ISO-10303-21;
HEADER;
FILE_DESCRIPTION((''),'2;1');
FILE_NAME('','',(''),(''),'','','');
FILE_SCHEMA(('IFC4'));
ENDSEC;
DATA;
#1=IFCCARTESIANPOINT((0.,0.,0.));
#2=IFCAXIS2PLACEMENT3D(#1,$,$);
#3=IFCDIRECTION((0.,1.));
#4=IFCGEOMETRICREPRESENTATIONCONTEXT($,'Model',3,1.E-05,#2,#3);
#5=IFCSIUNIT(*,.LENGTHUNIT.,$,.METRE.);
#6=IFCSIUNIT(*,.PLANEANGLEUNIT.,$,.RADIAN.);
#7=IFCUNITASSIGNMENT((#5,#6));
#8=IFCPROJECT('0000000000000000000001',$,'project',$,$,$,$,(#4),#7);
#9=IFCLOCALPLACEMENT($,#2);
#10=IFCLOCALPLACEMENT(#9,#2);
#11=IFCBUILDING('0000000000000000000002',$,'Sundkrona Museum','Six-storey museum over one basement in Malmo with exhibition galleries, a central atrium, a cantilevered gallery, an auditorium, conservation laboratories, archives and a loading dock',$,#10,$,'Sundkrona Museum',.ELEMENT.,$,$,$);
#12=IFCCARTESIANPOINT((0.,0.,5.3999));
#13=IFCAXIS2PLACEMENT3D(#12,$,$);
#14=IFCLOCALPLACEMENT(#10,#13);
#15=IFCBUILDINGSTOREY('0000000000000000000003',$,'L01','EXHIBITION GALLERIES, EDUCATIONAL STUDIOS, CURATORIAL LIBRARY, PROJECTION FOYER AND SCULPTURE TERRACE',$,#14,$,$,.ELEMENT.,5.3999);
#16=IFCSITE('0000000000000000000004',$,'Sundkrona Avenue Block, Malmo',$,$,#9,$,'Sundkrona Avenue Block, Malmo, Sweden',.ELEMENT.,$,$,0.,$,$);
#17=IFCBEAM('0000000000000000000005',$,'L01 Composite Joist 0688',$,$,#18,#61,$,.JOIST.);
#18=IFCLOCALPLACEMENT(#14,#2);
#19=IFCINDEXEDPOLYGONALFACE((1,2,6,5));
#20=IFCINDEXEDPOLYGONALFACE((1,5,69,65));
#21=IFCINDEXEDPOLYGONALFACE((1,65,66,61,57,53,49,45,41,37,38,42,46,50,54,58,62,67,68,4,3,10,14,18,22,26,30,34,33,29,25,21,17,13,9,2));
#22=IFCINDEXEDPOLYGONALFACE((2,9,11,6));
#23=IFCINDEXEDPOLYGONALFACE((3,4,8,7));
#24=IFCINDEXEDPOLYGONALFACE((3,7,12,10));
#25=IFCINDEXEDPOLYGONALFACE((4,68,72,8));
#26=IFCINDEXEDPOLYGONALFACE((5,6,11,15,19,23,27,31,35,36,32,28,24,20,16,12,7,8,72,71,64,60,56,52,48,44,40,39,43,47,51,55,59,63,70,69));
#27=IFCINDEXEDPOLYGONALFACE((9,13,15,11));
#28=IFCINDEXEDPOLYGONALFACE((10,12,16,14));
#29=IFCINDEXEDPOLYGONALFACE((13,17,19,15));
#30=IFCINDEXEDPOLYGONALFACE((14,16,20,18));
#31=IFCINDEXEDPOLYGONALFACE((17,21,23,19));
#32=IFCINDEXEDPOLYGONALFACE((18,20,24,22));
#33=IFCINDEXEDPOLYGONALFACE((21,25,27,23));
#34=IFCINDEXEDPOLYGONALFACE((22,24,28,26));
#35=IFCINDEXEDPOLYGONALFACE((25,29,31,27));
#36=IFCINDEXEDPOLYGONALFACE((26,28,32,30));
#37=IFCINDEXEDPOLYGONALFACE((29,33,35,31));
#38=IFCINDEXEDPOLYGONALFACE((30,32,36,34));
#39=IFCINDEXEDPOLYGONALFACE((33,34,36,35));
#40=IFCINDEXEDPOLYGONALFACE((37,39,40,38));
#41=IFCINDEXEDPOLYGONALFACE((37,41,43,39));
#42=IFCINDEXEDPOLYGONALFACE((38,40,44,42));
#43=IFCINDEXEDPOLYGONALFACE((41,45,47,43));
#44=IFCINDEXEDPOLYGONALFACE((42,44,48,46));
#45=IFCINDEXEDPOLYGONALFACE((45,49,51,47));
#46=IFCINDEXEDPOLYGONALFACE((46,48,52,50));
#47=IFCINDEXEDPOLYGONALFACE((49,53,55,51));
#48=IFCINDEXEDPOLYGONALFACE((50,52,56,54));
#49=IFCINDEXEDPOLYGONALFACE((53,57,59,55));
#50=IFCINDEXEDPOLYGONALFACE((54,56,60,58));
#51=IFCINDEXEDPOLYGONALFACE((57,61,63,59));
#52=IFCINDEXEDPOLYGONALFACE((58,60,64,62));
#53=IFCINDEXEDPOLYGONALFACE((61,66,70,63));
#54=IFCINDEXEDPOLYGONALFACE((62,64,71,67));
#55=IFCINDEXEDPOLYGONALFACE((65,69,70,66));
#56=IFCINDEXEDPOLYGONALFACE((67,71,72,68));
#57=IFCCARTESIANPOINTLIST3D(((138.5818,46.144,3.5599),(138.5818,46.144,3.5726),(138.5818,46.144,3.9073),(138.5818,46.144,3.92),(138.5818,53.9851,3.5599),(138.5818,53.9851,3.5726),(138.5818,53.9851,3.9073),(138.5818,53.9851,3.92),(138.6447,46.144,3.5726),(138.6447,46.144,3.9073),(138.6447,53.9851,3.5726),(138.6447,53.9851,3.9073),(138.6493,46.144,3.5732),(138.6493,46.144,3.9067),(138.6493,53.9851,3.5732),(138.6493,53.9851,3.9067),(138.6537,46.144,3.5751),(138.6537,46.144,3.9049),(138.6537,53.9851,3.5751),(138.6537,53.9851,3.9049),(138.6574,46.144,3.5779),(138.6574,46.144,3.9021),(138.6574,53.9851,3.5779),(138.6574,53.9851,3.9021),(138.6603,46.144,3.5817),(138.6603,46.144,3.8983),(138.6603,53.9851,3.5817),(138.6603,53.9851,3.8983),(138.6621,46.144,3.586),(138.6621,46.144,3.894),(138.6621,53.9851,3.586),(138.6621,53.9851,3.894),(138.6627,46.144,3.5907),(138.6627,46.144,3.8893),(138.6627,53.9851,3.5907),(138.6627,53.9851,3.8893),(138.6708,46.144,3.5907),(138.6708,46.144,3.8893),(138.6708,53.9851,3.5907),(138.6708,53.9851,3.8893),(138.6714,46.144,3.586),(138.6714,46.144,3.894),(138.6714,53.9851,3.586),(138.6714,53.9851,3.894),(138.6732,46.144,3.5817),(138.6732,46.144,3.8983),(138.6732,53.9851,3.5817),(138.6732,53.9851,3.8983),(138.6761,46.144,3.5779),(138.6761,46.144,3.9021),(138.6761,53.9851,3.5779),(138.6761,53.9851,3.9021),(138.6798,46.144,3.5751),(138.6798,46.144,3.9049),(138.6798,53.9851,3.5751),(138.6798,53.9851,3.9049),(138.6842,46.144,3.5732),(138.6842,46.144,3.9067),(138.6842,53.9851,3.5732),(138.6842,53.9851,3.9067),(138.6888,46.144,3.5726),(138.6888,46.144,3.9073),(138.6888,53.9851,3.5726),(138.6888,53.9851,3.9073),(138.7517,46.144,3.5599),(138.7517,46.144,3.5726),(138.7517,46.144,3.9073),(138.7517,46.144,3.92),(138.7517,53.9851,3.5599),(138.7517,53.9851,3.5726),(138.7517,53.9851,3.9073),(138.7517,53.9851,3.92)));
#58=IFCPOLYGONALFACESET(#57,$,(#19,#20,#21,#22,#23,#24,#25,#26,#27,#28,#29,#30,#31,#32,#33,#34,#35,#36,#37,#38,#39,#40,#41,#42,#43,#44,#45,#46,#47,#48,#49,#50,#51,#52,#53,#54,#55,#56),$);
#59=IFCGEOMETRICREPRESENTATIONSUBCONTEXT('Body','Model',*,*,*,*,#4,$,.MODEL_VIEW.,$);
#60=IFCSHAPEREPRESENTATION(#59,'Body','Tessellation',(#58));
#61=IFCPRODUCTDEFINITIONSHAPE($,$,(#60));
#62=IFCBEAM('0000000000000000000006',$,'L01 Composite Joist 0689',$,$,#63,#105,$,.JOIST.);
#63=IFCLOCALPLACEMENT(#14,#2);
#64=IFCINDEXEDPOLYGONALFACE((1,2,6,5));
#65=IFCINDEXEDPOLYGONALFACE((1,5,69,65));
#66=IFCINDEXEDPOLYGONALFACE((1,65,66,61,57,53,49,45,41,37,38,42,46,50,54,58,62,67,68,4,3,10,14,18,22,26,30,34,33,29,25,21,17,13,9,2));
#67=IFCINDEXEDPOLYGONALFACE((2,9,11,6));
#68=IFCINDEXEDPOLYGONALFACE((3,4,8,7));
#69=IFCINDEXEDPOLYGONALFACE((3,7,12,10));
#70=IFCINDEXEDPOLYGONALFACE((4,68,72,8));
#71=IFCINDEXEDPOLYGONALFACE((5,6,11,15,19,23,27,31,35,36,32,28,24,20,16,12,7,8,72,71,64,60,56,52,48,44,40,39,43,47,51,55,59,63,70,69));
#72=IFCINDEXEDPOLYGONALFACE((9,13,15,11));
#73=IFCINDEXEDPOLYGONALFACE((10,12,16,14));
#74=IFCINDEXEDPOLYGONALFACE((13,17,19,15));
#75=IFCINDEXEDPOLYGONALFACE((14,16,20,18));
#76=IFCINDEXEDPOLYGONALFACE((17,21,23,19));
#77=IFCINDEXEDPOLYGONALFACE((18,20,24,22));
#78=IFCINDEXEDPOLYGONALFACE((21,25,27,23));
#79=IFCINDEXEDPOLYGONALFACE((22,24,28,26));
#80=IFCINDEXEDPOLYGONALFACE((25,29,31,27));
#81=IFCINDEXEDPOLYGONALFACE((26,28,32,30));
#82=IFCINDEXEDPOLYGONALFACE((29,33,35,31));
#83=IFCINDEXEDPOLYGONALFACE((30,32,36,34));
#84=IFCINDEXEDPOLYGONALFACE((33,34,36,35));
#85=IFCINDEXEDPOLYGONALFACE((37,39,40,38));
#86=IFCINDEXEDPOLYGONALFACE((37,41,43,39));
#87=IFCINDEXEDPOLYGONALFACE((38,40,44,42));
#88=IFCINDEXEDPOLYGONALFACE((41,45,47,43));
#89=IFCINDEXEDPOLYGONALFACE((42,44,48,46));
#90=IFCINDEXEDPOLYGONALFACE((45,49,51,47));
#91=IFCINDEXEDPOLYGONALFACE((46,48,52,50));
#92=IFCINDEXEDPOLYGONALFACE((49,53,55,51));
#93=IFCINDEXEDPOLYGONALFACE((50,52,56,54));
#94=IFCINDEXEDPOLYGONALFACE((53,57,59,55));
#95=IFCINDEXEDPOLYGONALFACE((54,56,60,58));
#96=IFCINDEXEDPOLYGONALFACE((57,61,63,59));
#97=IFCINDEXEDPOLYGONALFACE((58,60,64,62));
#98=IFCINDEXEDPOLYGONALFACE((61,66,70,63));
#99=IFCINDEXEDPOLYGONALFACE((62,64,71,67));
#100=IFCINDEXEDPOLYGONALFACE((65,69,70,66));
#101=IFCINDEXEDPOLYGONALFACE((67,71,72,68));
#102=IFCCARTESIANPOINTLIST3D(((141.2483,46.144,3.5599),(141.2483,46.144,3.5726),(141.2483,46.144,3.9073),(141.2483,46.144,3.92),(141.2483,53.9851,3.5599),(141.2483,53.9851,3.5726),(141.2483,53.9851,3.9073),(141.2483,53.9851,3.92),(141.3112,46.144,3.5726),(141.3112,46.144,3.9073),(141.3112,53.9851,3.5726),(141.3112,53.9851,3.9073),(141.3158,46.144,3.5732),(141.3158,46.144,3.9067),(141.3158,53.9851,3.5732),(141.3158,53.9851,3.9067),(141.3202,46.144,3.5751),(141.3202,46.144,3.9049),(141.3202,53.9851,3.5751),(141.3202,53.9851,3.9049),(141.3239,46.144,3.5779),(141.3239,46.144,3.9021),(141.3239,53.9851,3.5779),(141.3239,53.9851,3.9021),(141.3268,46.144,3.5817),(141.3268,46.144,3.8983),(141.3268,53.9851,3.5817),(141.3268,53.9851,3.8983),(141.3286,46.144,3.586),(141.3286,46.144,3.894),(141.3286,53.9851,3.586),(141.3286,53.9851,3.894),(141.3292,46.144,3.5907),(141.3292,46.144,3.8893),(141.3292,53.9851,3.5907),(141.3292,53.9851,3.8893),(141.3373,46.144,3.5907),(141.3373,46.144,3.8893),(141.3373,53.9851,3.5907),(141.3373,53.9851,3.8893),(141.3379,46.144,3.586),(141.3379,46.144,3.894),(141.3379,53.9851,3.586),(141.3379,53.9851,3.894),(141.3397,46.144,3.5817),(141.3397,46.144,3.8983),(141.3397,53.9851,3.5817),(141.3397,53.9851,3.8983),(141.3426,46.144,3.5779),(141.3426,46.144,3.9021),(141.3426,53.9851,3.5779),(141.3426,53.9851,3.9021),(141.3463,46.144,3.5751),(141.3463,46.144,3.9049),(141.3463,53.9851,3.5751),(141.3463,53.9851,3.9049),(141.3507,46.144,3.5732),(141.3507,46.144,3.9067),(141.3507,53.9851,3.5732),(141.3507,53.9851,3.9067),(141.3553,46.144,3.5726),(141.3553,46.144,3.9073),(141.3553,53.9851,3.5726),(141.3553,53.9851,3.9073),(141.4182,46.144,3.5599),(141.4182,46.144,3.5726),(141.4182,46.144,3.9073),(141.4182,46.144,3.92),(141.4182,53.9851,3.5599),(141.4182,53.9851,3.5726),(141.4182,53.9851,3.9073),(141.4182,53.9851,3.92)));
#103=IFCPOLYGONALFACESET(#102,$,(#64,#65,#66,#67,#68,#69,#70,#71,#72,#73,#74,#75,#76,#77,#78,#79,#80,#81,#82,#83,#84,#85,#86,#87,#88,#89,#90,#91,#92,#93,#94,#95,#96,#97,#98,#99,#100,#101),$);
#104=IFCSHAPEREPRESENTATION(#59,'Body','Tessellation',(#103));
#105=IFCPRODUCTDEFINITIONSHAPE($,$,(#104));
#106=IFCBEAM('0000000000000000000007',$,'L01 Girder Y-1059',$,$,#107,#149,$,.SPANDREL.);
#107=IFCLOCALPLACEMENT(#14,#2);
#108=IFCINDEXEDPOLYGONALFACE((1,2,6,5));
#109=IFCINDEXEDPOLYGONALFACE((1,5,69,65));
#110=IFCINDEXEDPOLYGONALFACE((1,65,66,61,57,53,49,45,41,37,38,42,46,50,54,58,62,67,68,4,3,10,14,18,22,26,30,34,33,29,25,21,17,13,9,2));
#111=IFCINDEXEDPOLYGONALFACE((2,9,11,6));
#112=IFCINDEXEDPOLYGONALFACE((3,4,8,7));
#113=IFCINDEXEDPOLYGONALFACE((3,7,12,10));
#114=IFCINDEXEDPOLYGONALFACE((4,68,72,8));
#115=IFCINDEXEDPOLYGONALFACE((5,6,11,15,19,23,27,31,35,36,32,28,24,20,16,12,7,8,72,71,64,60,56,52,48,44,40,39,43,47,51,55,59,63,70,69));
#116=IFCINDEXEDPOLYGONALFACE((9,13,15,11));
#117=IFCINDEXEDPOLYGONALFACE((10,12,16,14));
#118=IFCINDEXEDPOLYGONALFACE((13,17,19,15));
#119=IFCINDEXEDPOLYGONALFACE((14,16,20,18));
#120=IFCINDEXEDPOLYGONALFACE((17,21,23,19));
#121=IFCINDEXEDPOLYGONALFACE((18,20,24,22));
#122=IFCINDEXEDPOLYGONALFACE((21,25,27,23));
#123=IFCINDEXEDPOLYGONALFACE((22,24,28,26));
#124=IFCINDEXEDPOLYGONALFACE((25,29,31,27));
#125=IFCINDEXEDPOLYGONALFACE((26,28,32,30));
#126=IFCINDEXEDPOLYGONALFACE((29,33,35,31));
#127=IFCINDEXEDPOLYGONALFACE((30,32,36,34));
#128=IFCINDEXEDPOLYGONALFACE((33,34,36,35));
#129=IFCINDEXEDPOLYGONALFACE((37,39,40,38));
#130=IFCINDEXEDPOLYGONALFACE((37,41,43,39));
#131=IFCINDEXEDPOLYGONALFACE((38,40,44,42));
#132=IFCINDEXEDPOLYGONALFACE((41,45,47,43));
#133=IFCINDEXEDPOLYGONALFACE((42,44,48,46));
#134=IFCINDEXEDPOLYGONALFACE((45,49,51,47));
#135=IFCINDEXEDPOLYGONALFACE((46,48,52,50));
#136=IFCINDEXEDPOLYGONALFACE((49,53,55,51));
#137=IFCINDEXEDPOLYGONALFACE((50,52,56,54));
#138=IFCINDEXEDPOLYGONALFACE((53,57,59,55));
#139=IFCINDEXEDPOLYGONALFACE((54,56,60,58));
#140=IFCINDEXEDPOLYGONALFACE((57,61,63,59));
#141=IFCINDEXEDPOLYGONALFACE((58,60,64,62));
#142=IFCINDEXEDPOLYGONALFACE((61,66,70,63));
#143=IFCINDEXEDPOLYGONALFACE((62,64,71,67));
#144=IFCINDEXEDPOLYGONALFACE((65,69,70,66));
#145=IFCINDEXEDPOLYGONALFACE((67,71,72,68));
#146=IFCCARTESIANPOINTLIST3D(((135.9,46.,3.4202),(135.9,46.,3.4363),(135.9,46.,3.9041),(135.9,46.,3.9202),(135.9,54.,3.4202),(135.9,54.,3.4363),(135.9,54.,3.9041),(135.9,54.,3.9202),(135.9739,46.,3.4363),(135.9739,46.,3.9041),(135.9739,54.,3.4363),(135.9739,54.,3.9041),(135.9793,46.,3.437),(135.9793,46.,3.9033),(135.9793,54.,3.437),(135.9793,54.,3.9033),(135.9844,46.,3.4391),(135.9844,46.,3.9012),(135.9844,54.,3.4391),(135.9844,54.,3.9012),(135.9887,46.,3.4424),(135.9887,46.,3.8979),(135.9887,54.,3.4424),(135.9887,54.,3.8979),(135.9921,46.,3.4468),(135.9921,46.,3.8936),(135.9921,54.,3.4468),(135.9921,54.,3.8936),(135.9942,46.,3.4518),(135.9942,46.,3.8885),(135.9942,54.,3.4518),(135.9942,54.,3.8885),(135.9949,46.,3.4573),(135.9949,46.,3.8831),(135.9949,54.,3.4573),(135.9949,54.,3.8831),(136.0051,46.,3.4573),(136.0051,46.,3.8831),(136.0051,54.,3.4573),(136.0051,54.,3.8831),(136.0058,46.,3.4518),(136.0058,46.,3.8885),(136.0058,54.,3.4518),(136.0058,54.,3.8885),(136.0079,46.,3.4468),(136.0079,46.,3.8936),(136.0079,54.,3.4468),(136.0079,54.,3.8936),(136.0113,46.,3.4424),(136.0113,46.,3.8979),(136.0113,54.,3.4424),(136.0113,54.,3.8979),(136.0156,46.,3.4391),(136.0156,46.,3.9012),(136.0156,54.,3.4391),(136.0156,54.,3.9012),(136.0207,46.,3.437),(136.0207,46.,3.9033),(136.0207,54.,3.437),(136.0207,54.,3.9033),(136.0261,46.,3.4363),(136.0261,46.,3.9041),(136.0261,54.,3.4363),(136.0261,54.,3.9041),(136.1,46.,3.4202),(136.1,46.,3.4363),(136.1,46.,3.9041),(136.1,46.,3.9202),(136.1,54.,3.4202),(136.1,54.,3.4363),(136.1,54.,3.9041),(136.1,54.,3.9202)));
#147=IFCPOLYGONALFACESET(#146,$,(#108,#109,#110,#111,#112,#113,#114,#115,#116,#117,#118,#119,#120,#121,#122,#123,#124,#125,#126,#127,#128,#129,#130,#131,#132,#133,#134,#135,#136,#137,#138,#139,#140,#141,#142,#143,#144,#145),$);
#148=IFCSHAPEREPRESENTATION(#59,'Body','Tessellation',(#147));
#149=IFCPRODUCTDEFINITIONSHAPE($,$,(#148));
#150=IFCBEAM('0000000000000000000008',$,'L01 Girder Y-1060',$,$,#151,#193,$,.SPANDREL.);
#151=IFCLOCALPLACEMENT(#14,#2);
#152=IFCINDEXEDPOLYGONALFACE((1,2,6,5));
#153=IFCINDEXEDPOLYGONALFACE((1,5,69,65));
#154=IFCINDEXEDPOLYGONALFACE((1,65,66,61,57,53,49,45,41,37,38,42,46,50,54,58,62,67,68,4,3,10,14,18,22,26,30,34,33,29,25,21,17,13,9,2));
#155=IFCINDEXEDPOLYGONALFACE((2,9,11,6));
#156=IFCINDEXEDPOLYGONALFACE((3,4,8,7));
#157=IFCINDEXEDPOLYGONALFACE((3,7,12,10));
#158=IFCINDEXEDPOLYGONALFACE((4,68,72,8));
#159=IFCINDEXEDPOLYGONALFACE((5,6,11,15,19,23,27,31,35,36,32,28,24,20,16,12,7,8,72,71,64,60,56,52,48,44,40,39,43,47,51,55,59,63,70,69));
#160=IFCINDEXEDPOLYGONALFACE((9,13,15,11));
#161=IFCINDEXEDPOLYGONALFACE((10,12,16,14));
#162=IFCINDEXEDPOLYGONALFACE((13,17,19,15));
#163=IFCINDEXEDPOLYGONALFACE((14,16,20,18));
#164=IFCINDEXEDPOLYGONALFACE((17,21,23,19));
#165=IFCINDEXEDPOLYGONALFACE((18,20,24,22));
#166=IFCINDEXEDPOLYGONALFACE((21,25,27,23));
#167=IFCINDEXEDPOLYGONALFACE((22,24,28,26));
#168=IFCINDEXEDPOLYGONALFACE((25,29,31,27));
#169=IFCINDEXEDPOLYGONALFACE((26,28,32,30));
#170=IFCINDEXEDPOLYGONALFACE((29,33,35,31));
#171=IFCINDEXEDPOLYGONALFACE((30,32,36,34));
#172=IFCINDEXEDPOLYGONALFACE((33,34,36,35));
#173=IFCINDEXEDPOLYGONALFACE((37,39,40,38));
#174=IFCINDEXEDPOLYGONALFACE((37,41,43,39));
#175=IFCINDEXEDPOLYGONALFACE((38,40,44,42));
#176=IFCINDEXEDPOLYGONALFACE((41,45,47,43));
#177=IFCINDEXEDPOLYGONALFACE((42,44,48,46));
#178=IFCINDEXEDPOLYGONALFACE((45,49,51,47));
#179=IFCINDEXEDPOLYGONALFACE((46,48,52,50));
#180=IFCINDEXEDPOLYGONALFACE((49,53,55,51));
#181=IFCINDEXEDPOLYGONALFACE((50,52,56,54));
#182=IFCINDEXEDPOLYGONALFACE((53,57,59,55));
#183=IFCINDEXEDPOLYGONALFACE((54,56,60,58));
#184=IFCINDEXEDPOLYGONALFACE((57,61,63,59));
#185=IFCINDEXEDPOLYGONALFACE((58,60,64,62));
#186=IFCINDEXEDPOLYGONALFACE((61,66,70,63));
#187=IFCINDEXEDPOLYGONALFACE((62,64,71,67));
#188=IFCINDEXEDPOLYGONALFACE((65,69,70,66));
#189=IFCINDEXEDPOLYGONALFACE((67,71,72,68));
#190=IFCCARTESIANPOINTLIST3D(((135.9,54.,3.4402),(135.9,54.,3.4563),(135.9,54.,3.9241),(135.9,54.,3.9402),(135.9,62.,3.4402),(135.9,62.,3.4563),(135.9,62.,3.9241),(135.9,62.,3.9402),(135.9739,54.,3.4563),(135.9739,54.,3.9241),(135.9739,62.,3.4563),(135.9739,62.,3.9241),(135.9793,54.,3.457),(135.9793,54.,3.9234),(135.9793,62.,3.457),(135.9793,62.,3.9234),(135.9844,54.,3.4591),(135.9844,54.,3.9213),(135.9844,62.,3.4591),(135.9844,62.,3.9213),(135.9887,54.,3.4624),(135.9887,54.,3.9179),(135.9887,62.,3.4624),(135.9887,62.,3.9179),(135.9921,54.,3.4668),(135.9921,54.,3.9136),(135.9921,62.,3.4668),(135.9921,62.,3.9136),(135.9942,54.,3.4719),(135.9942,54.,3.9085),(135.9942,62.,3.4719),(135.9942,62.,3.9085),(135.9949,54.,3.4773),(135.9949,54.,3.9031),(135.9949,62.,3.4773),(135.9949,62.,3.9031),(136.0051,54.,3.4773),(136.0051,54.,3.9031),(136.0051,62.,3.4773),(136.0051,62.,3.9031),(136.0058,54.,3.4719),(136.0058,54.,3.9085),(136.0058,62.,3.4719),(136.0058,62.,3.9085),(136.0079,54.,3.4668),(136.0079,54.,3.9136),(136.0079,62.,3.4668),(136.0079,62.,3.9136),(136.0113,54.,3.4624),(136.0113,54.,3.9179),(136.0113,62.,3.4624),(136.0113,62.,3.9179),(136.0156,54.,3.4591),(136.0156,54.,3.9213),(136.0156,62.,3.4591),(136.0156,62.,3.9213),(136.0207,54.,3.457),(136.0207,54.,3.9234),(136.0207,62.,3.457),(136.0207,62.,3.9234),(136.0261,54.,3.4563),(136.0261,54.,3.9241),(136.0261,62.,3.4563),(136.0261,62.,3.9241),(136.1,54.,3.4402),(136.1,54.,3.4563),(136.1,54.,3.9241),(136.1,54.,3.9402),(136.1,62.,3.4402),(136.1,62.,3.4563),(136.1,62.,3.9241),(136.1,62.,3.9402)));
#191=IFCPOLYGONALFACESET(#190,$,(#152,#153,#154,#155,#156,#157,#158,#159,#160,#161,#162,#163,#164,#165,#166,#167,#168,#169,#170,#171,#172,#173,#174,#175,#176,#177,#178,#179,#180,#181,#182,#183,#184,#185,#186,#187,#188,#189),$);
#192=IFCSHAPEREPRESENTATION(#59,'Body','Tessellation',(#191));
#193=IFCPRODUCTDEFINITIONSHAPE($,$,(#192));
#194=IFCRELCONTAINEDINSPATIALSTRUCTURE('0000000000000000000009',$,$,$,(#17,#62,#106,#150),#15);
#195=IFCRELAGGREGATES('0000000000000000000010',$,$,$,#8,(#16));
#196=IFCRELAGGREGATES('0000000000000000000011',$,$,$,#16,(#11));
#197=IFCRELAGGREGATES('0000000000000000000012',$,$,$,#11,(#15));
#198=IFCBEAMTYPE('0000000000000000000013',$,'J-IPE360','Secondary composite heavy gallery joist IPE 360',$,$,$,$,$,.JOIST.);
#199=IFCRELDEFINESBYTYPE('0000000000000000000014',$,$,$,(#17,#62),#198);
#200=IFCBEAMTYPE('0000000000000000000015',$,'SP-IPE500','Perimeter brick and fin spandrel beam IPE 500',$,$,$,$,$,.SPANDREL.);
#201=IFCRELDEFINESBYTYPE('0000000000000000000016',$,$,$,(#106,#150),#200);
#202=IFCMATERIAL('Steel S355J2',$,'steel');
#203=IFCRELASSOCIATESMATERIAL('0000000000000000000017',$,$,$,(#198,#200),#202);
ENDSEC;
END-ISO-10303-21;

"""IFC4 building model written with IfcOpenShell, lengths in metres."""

from ifc_helpers import new_model, si_unit, direction, frame, origin, origin_2d, place, context, subcontext, project, spatial, i_section, extrude, material, material_profile, profile_set, type_object, element, save


model = new_model("IFC4")

# Units and contexts
model_context = context("Model", 3, precision=1e-05, world=origin(), true_north=direction((0.0, 1.0)))
body_context = subcontext(model_context, "Body", "Model", "MODEL_VIEW")
ifc_project = project(units=[si_unit("LENGTHUNIT", "METRE"), si_unit("PLANEANGLEUNIT", "RADIAN")], contexts=[model_context])

# Site, building, storey
site_placement = place(None, origin())
site = spatial("IfcSite", under=ifc_project, at=site_placement, Name="Sundkrona Avenue Block, Malmo", LongName="Sundkrona Avenue Block, Malmo, Sweden", CompositionType="ELEMENT", RefElevation=0.0)
building_placement = place(site_placement, origin())
building = spatial("IfcBuilding", under=site, at=building_placement, Name="Sundkrona Museum", Description="Six-storey museum over one basement in Malmo with exhibition galleries, a central atrium, a cantilevered gallery, an auditorium, conservation laboratories, archives and a loading dock", LongName="Sundkrona Museum", CompositionType="ELEMENT")
storey_placement = place(building_placement, frame((0.0, 0.0, 5.3999)))
storey = spatial("IfcBuildingStorey", under=building, at=storey_placement, Name="L01", Description="EXHIBITION GALLERIES, EDUCATIONAL STUDIOS, CURATORIAL LIBRARY, PROJECTION FOYER AND SCULPTURE TERRACE", CompositionType="ELEMENT", Elevation=5.3999)

# Shared definitions
ifc_material_1 = material(Name="Steel S355J2", Category="steel")

# Beams
ifc_material_profile_1 = material_profile(ifc_material_1, i_section(OverallWidth=0.1699, OverallDepth=0.3601, WebThickness=0.0081, FlangeThickness=0.0127, FilletRadius=0.0181, at=origin_2d()), Name="IPE 360")
ifc_profile_set_1 = profile_set([ifc_material_profile_1], Name="Steel S355J2")
beam_type_1 = type_object("IfcBeamType", Name="J-IPE360", Description="Secondary composite heavy gallery joist IPE 360", PredefinedType="JOIST", material=ifc_profile_set_1)
for number, where, z_axis, x_axis, name in (
    (1, (138.6667, 46.144, 3.74), (0.0, 1.0, 0.0), (-1.0, 0.0, 0.0), "L01 Composite Joist 0688"),
    (2, (141.3333, 46.144, 3.74), (0.0, 1.0, 0.0), (-1.0, 0.0, 0.0), "L01 Composite Joist 0689"),
):
    element("IfcBeam", number, at=place(storey_placement, frame(where, z_axis=z_axis, x_axis=x_axis)), inside=storey, type_object=beam_type_1, Name=name, PredefinedType="JOIST", context=body_context, shape_type="SweptSolid", body=[
        extrude(i_section(OverallWidth=0.1699, OverallDepth=0.3601, WebThickness=0.0081, FlangeThickness=0.0127, FilletRadius=0.0181, at=origin_2d()), origin(), (0.0, 0.0, 1.0), 7.8411),
    ])
ifc_material_profile_2 = material_profile(ifc_material_1, i_section(OverallWidth=0.2, OverallDepth=0.5, WebThickness=0.0103, FlangeThickness=0.0161, FilletRadius=0.021, at=origin_2d()), Name="IPE 500")
ifc_profile_set_2 = profile_set([ifc_material_profile_2], Name="Steel S355J2")
beam_type_2 = type_object("IfcBeamType", Name="SP-IPE500", Description="Perimeter brick and fin spandrel beam IPE 500", PredefinedType="SPANDREL", material=ifc_profile_set_2)
for number, where, z_axis, x_axis, name in (
    (3, (136.0, 46.0, 3.6702), (0.0, 1.0, 0.0), (-1.0, 0.0, 0.0), "L01 Girder Y-1059"),
    (4, (136.0, 54.0, 3.6902), (0.0, 1.0, 0.0), (-1.0, 0.0, 0.0), "L01 Girder Y-1060"),
):
    element("IfcBeam", number, at=place(storey_placement, frame(where, z_axis=z_axis, x_axis=x_axis)), inside=storey, type_object=beam_type_2, Name=name, PredefinedType="SPANDREL", context=body_context, shape_type="SweptSolid", body=[
        extrude(i_section(OverallWidth=0.2, OverallDepth=0.5, WebThickness=0.0103, FlangeThickness=0.0161, FilletRadius=0.021, at=origin_2d()), origin(), (0.0, 0.0, 1.0), 8.0),
    ])

save(model, "model.ifc")
